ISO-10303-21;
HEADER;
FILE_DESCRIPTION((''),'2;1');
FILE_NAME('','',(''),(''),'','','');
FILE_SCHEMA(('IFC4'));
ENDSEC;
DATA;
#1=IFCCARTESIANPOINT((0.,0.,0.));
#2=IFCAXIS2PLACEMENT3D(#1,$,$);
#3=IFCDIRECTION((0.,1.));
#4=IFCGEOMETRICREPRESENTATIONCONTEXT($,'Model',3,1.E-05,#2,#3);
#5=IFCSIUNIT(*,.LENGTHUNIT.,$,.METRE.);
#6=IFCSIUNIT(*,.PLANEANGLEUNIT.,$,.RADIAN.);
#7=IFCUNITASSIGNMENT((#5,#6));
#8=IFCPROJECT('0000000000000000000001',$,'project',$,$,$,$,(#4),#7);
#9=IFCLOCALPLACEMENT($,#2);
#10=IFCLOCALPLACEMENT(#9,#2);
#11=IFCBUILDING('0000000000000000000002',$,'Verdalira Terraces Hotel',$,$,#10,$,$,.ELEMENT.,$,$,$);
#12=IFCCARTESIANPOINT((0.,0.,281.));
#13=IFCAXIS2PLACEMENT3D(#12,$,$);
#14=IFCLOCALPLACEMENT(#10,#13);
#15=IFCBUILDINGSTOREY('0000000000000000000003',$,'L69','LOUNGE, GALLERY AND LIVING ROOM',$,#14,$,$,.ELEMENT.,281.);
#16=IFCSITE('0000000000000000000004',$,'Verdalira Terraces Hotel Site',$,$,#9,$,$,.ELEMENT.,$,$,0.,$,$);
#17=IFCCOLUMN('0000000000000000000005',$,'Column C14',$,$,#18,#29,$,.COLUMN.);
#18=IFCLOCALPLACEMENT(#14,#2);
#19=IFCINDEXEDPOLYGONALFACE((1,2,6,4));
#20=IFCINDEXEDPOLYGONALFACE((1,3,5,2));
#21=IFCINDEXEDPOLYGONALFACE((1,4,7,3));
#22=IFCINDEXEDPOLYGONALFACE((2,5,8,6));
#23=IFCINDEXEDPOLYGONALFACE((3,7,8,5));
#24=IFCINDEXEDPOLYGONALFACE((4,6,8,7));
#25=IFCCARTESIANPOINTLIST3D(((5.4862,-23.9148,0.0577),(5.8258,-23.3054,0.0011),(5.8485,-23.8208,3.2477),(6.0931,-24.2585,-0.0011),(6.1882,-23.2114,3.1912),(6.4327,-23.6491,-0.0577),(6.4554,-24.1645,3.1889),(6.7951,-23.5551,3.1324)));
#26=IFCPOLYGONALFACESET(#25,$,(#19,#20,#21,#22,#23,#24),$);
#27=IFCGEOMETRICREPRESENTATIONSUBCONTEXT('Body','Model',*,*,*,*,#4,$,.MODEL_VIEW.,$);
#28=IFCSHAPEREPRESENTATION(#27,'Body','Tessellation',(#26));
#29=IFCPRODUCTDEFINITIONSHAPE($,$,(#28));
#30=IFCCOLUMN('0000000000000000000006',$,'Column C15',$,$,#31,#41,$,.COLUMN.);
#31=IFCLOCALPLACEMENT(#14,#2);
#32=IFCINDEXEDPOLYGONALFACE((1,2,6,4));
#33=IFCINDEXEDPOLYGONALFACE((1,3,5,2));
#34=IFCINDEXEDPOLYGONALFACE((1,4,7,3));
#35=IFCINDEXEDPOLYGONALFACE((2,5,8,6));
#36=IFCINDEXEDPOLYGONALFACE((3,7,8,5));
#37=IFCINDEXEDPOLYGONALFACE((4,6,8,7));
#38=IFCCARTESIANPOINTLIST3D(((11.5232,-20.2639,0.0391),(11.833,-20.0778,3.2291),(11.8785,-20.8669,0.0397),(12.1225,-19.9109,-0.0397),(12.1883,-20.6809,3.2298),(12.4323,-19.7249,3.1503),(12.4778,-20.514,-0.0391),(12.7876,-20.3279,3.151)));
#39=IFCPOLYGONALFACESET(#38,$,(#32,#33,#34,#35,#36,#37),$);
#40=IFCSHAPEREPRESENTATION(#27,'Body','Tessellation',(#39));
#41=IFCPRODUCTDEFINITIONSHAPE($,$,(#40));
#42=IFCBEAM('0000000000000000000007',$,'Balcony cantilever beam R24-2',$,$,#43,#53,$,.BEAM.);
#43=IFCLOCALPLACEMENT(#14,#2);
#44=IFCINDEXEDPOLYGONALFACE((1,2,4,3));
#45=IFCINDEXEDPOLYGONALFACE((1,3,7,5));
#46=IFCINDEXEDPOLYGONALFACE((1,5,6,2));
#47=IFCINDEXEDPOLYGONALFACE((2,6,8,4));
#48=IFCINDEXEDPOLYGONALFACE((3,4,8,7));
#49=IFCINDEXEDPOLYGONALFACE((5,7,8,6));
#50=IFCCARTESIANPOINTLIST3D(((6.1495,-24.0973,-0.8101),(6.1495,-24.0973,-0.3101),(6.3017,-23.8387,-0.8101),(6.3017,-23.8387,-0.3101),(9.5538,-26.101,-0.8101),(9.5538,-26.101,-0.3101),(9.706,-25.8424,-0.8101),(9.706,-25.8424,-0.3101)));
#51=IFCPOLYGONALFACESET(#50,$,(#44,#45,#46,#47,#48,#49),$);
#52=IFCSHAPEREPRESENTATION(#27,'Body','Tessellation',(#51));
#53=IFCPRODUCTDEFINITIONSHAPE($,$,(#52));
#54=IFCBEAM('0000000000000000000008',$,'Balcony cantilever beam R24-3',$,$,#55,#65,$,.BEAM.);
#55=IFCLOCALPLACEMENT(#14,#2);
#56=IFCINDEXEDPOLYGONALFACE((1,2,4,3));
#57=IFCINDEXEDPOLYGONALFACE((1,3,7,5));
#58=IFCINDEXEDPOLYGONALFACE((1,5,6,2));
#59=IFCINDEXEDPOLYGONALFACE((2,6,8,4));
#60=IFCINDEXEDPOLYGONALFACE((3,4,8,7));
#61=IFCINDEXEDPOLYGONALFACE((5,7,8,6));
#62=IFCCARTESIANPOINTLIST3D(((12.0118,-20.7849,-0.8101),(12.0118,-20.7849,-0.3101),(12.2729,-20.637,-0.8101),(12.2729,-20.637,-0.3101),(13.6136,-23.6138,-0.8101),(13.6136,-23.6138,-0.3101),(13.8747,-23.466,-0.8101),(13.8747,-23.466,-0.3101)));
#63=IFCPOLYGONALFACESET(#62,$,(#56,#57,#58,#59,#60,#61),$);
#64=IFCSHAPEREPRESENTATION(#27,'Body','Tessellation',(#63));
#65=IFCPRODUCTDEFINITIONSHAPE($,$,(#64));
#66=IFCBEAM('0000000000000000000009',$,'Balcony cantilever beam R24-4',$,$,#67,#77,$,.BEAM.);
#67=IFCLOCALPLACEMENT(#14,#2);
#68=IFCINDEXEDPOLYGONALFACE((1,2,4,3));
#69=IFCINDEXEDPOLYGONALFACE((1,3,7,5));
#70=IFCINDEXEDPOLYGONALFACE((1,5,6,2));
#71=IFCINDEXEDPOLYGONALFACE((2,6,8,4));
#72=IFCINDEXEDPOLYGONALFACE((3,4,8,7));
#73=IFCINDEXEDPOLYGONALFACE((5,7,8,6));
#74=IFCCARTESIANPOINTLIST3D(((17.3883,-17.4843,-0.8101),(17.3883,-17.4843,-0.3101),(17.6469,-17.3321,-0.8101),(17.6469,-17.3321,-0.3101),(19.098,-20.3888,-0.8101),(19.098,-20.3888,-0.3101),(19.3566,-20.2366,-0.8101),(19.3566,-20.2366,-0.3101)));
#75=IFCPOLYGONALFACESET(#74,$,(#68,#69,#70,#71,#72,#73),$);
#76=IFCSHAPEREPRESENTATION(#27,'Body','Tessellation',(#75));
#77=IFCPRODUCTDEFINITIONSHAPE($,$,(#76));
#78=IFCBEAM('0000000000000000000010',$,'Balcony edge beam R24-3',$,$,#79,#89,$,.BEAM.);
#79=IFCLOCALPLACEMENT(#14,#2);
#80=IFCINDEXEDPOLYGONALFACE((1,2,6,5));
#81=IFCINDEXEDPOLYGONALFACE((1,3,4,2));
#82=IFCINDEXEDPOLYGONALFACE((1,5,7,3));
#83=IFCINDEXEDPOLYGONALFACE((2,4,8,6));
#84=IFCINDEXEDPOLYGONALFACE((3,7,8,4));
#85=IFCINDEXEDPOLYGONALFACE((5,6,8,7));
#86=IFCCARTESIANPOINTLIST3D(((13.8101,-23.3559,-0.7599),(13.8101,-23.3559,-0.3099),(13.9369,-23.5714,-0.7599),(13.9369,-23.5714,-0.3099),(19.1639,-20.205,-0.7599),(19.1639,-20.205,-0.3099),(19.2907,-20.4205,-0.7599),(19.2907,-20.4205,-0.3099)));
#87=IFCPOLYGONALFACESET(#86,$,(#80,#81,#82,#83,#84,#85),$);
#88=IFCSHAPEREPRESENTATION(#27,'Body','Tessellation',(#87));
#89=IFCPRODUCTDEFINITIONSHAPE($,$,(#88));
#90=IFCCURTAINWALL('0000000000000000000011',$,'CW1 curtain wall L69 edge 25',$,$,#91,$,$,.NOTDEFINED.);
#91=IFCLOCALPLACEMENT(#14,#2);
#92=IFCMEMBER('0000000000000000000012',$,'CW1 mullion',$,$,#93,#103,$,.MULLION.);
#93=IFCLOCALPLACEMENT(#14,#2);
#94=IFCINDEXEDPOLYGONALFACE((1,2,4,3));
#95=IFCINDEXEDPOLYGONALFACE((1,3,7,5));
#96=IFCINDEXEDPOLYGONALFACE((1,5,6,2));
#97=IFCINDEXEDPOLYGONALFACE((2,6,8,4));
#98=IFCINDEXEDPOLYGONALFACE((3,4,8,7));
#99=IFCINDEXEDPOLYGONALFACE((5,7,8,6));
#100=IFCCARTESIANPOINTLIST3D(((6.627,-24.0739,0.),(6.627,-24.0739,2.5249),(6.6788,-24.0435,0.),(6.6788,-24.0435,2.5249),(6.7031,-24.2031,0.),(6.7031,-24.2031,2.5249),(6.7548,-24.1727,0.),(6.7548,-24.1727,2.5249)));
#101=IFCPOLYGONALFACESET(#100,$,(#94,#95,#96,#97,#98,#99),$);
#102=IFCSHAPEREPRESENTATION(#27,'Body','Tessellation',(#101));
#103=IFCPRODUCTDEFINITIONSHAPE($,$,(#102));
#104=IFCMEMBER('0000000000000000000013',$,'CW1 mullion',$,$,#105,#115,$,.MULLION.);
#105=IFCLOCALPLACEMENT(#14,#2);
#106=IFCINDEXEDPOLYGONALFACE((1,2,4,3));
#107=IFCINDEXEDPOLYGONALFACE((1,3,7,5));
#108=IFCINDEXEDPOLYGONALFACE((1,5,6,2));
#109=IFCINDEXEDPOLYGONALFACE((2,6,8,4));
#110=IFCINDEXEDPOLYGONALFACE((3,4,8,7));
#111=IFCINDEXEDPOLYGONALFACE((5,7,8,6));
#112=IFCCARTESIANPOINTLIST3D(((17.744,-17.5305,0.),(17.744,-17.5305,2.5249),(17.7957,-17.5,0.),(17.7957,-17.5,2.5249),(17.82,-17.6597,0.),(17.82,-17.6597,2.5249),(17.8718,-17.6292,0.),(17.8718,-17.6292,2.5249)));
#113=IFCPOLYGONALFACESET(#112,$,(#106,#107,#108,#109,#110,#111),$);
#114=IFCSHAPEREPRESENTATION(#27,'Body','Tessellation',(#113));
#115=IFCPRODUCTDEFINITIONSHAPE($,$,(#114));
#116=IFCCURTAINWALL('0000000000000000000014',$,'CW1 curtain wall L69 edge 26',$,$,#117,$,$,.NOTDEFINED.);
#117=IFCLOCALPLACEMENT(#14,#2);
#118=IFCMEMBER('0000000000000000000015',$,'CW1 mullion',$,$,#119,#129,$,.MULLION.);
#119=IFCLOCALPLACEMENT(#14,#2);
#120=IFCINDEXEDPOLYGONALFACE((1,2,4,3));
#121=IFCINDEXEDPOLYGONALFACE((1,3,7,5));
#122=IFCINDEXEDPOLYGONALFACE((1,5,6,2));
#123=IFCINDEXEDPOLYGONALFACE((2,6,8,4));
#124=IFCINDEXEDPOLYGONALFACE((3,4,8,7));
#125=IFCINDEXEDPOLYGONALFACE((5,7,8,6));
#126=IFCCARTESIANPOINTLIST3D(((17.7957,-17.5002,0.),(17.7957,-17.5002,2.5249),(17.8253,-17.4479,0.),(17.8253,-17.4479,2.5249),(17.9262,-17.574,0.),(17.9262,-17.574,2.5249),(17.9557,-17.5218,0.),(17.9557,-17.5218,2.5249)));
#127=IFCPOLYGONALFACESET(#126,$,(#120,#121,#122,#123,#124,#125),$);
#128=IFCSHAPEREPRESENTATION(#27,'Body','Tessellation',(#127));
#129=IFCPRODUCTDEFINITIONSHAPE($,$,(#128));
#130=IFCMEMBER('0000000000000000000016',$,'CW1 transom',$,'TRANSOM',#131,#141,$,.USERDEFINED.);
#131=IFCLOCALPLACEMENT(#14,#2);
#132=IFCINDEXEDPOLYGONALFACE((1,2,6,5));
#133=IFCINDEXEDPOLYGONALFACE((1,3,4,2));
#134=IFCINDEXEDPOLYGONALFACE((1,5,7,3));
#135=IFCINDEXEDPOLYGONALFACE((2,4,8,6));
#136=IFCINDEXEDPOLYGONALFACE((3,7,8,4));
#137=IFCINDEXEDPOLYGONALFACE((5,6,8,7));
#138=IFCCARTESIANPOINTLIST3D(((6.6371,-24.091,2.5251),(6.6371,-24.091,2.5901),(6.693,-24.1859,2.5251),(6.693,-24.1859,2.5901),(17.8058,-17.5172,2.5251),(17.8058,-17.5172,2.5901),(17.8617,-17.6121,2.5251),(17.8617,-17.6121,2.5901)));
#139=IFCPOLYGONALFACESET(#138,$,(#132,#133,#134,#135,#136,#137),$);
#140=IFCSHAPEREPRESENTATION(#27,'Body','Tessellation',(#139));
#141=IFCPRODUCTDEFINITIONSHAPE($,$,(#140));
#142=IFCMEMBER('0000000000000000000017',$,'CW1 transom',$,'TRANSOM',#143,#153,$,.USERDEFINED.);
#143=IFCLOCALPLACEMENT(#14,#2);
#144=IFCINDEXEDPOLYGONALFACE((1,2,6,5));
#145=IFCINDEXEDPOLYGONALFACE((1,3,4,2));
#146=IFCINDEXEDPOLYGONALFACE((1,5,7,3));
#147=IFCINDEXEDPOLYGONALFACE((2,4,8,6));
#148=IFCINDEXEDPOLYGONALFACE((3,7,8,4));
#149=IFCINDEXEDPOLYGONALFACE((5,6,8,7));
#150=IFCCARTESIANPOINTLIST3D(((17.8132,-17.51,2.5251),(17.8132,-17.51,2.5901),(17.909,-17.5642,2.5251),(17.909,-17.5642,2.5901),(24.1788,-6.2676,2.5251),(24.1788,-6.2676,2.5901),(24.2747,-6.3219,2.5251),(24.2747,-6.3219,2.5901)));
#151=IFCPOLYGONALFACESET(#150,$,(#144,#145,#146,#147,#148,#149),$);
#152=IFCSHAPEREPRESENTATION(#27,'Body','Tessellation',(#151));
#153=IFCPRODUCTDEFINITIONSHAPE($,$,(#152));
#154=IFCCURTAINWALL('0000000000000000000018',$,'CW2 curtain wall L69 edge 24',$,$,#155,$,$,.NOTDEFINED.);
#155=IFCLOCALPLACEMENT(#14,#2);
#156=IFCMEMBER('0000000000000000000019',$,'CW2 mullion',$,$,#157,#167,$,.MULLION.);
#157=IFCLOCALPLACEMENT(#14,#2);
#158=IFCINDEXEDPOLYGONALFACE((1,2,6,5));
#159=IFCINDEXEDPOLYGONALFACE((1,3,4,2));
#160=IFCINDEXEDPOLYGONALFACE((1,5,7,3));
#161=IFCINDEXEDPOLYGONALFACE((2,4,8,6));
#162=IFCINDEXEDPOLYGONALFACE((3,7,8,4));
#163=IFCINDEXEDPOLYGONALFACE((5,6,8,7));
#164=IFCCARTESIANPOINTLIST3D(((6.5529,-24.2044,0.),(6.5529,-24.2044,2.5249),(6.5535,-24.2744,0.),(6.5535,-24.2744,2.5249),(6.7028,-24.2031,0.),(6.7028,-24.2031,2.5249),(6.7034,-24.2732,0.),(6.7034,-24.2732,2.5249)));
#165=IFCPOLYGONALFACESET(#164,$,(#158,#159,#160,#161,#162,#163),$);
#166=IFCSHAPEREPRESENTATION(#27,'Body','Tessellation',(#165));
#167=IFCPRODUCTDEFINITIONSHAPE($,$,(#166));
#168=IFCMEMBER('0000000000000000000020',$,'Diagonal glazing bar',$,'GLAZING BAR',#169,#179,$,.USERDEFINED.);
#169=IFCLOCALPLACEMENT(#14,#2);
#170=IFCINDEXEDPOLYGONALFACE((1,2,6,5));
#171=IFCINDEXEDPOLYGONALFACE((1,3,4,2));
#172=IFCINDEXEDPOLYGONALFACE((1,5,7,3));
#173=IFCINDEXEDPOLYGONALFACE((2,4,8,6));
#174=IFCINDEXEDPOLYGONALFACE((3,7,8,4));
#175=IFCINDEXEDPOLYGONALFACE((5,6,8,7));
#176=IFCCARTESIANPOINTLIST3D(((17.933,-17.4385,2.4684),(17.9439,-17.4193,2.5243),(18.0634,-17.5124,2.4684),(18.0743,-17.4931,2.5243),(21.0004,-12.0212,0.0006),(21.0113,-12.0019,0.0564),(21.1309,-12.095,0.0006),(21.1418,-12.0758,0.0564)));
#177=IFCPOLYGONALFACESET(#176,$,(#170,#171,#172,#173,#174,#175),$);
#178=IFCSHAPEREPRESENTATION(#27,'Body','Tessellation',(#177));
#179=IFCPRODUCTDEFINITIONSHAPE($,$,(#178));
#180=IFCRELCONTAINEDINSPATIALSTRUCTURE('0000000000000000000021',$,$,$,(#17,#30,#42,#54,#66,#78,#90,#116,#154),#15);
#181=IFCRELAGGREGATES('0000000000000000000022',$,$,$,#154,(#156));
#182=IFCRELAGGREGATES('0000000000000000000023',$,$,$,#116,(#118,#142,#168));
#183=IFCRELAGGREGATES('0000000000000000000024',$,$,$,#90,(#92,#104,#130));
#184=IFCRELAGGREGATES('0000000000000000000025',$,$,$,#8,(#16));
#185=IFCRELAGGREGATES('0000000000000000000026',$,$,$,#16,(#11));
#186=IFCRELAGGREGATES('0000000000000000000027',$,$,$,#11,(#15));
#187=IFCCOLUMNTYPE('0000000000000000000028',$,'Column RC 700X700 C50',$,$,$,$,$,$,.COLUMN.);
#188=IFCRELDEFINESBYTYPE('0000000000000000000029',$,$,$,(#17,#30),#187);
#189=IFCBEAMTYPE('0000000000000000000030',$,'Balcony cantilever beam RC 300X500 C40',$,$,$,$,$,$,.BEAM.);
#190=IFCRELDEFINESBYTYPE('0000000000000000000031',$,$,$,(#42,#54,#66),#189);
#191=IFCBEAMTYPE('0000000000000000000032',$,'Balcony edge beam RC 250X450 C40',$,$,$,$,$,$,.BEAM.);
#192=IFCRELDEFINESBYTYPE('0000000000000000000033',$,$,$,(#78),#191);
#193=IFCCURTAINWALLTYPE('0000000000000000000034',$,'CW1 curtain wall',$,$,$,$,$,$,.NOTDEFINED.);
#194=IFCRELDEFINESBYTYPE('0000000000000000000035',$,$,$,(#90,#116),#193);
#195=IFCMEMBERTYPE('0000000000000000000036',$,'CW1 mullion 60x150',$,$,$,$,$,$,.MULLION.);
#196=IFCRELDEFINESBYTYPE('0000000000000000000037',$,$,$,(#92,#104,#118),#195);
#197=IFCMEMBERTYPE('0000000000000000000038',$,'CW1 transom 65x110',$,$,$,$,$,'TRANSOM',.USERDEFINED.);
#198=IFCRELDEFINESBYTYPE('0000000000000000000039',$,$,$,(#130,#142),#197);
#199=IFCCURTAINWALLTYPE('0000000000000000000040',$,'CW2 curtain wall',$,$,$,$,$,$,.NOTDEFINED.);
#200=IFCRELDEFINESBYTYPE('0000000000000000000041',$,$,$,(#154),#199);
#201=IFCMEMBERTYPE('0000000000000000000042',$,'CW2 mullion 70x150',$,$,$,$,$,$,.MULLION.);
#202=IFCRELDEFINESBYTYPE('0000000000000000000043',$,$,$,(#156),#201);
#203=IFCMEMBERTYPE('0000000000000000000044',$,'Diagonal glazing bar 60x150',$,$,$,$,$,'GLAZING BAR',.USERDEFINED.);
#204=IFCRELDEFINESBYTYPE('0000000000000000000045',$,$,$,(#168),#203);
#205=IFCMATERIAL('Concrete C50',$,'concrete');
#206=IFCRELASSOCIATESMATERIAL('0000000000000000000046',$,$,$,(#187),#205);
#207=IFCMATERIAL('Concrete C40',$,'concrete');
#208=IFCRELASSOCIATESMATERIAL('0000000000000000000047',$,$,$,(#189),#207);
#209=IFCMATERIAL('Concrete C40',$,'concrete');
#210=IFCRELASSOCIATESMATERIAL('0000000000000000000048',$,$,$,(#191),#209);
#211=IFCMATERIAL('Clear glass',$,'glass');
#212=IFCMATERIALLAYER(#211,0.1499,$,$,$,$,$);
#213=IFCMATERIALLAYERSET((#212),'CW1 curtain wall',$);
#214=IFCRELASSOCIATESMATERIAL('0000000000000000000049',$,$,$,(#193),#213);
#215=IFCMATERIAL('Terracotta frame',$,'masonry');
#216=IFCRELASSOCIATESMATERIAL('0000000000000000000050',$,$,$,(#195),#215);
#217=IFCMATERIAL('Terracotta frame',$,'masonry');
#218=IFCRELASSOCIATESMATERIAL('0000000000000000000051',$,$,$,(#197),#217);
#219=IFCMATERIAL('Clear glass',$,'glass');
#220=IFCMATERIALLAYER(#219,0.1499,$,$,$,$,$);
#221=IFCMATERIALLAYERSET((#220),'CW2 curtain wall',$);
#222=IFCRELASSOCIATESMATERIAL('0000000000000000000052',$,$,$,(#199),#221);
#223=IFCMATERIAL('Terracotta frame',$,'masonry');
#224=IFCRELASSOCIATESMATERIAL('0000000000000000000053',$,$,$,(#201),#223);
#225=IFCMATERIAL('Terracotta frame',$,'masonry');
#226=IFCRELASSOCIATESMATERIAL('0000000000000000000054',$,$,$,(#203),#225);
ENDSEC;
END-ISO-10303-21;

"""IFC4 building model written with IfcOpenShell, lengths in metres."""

from ifc_helpers import new_model, si_unit, direction, frame, origin, origin_2d, place, context, subcontext, project, spatial, rectangle, extrude, material, layer, layer_set, material_profile, profile_set, type_object, element, aggregate, save


model = new_model("IFC4")

# Units and contexts
model_context = context("Model", 3, precision=1e-05, world=origin(), true_north=direction((0.0, 1.0)))
body_context = subcontext(model_context, "Body", "Model", "MODEL_VIEW")
ifc_project = project(units=[si_unit("LENGTHUNIT", "METRE"), si_unit("PLANEANGLEUNIT", "RADIAN")], contexts=[model_context])

# Site, building, storey
site_placement = place(None, origin())
site = spatial("IfcSite", under=ifc_project, at=site_placement, Name="Verdalira Terraces Hotel Site", CompositionType="ELEMENT", RefElevation=0.0)
building_placement = place(site_placement, origin())
building = spatial("IfcBuilding", under=site, at=building_placement, Name="Verdalira Terraces Hotel", CompositionType="ELEMENT")
storey_placement = place(building_placement, frame((0.0, 0.0, 281.0)))
storey = spatial("IfcBuildingStorey", under=building, at=storey_placement, Name="L69", Description="LOUNGE, GALLERY AND LIVING ROOM", CompositionType="ELEMENT", Elevation=281.0)

# Columns
ifc_material_1 = material(Name="Concrete C50", Category="concrete")
ifc_material_profile_1 = material_profile(ifc_material_1, rectangle(XDim=0.7, YDim=0.7, at=origin_2d()), Name="RC 700X700")
ifc_profile_set_1 = profile_set([ifc_material_profile_1], Name="Concrete C50")
column_type = type_object("IfcColumnType", Name="Column RC 700X700 C50", PredefinedType="COLUMN", material=ifc_profile_set_1)
column_1_placement = place(storey_placement, frame((5.9595, -23.782, 0.0), z_axis=(0.112803, 0.029265, 0.993186), x_axis=(-0.48524, -0.870643, 0.080766)))
element("IfcColumn", 1, at=column_1_placement, inside=storey, type_object=column_type, Name="Column C14", PredefinedType="COLUMN", context=body_context, shape_type="SweptSolid", body=[
    extrude(rectangle(XDim=0.7, YDim=0.7, at=origin_2d()), origin(), (0.0, 0.0, 1.0), 3.2119),
])
column_2_placement = place(storey_placement, frame((12.0005, -20.3889, 0.0), z_axis=(0.096505, 0.057949, 0.993644), x_axis=(0.856175, 0.504275, -0.112563)))
element("IfcColumn", 2, at=column_2_placement, inside=storey, type_object=column_type, Name="Column C15", PredefinedType="COLUMN", context=body_context, shape_type="SweptSolid", body=[
    extrude(rectangle(XDim=0.7, YDim=0.7, at=origin_2d()), origin(), (0.0, 0.0, 1.0), 3.2104),
])

# Beams
ifc_material_2 = material(Name="Concrete C40", Category="concrete")
ifc_material_profile_2 = material_profile(ifc_material_2, rectangle(XDim=0.3, YDim=0.5, at=origin_2d()), Name="RC 300X500")
ifc_profile_set_2 = profile_set([ifc_material_profile_2], Name="Concrete C40")
beam_type_1 = type_object("IfcBeamType", Name="Balcony cantilever beam RC 300X500 C40", PredefinedType="BEAM", material=ifc_profile_set_2)
beam_1_placement = place(storey_placement, frame((6.2256, -23.968, -0.5601), z_axis=(0.861809, -0.507233, 0.0), x_axis=(0.507233, 0.861809, 0.0)))
element("IfcBeam", 3, at=beam_1_placement, inside=storey, type_object=beam_type_1, Name="Balcony cantilever beam R24-2", PredefinedType="BEAM", context=body_context, shape_type="SweptSolid", body=[
    extrude(rectangle(XDim=0.3, YDim=0.5, at=origin_2d()), origin(), (0.0, 0.0, 1.0), 3.9502),
])
beam_2_placement = place(storey_placement, frame((12.1423, -20.7109, -0.5601), z_axis=(0.49273, -0.870182, 0.0), x_axis=(0.870182, 0.49273, 0.0)))
element("IfcBeam", 4, at=beam_2_placement, inside=storey, type_object=beam_type_1, Name="Balcony cantilever beam R24-3", PredefinedType="BEAM", context=body_context, shape_type="SweptSolid", body=[
    extrude(rectangle(XDim=0.3, YDim=0.5, at=origin_2d()), origin(), (0.0, 0.0, 1.0), 3.251),
])
beam_3_placement = place(storey_placement, frame((17.5176, -17.4082, -0.5601), z_axis=(0.507277, -0.861783, 0.0), x_axis=(0.861783, 0.507277, 0.0)))
element("IfcBeam", 5, at=beam_3_placement, inside=storey, type_object=beam_type_1, Name="Balcony cantilever beam R24-4", PredefinedType="BEAM", context=body_context, shape_type="SweptSolid", body=[
    extrude(rectangle(XDim=0.3, YDim=0.5, at=origin_2d()), origin(), (0.0, 0.0, 1.0), 3.3704),
])
ifc_material_3 = material(Name="Concrete C40", Category="concrete")
ifc_material_profile_3 = material_profile(ifc_material_3, rectangle(XDim=0.25, YDim=0.45, at=origin_2d()), Name="RC 250X450")
ifc_profile_set_3 = profile_set([ifc_material_profile_3], Name="Concrete C40")
beam_type_2 = type_object("IfcBeamType", Name="Balcony edge beam RC 250X450 C40", PredefinedType="BEAM", material=ifc_profile_set_3)
beam_4_placement = place(storey_placement, frame((13.8735, -23.4636, -0.5349), z_axis=(0.861821, 0.507212, 0.0), x_axis=(-0.507212, 0.861821, 0.0)))
element("IfcBeam", 6, at=beam_4_placement, inside=storey, type_object=beam_type_2, Name="Balcony edge beam R24-3", PredefinedType="BEAM", context=body_context, shape_type="SweptSolid", body=[
    extrude(rectangle(XDim=0.25, YDim=0.45, at=origin_2d()), origin(), (0.0, 0.0, 1.0), 6.2122),
])

# Curtain wall, members
ifc_material_4 = material(Name="Clear glass", Category="glass")
ifc_layer_1 = layer(ifc_material_4, 0.1499)
ifc_layer_set_1 = layer_set([ifc_layer_1], Name="CW1 curtain wall")
curtain_wall_type_1 = type_object("IfcCurtainWallType", Name="CW1 curtain wall", PredefinedType="NOTDEFINED", material=ifc_layer_set_1)
curtain_wall_1_placement = place(storey_placement, origin())
curtain_wall_1 = element("IfcCurtainWall", 7, at=curtain_wall_1_placement, inside=storey, type_object=curtain_wall_type_1, Name="CW1 curtain wall L69 edge 25", PredefinedType="NOTDEFINED")
ifc_material_5 = material(Name="Terracotta frame", Category="masonry")
ifc_material_profile_4 = material_profile(ifc_material_5, rectangle(XDim=0.0601, YDim=0.1499, at=origin_2d()), Name="MU 60x150")
ifc_profile_set_4 = profile_set([ifc_material_profile_4], Name="Terracotta frame")
member_type_1 = type_object("IfcMemberType", Name="CW1 mullion 60x150", PredefinedType="MULLION", material=ifc_profile_set_4)
member_1_placement = place(storey_placement, frame((6.6909, -24.1233, 0.0), z_axis=(0.0, 0.0, 1.0), x_axis=(0.861806, 0.507238, 0.0)))
member_1 = element("IfcMember", 8, at=member_1_placement, type_object=member_type_1, Name="CW1 mullion", PredefinedType="MULLION", context=body_context, shape_type="SweptSolid", body=[
    extrude(rectangle(XDim=0.0601, YDim=0.1499, at=origin_2d()), origin(), (0.0, 0.0, 1.0), 2.5249),
])
member_2_placement = place(storey_placement, frame((17.8079, -17.5798, 0.0), z_axis=(0.0, 0.0, 1.0), x_axis=(0.861806, 0.507238, 0.0)))
member_2 = element("IfcMember", 9, at=member_2_placement, type_object=member_type_1, Name="CW1 mullion", PredefinedType="MULLION", context=body_context, shape_type="SweptSolid", body=[
    extrude(rectangle(XDim=0.0601, YDim=0.1499, at=origin_2d()), origin(), (0.0, 0.0, 1.0), 2.5249),
])

# Curtain wall, member
curtain_wall_2_placement = place(storey_placement, origin())
curtain_wall_2 = element("IfcCurtainWall", 10, at=curtain_wall_2_placement, inside=storey, type_object=curtain_wall_type_1, Name="CW1 curtain wall L69 edge 26", PredefinedType="NOTDEFINED")
member_3_placement = place(storey_placement, frame((17.8757, -17.511, 0.0), z_axis=(0.0, 0.0, 1.0), x_axis=(0.492727, 0.870184, 0.0)))
member_3 = element("IfcMember", 11, at=member_3_placement, type_object=member_type_1, Name="CW1 mullion", PredefinedType="MULLION", context=body_context, shape_type="SweptSolid", body=[
    extrude(rectangle(XDim=0.0601, YDim=0.1499, at=origin_2d()), origin(), (0.0, 0.0, 1.0), 2.5249),
])

# Members
ifc_material_6 = material(Name="Terracotta frame", Category="masonry")
ifc_material_profile_5 = material_profile(ifc_material_6, rectangle(XDim=0.1101, YDim=0.0649, at=origin_2d()), Name="TR 65x110")
ifc_profile_set_5 = profile_set([ifc_material_profile_5], Name="Terracotta frame")
member_type_2 = type_object("IfcMemberType", Name="CW1 transom 65x110", ElementType="TRANSOM", PredefinedType="USERDEFINED", material=ifc_profile_set_5)
member_4_placement = place(storey_placement, frame((6.665, -24.1384, 2.5576), z_axis=(0.861802, 0.507244, 0.0), x_axis=(-0.507244, 0.861802, 0.0)))
member_4 = element("IfcMember", 12, at=member_4_placement, type_object=member_type_2, Name="CW1 transom", ObjectType="TRANSOM", PredefinedType="USERDEFINED", context=body_context, shape_type="SweptSolid", body=[
    extrude(rectangle(XDim=0.1101, YDim=0.0649, at=origin_2d()), origin(), (0.0, 0.0, 1.0), 12.9597),
])
member_5_placement = place(storey_placement, frame((17.8611, -17.5371, 2.5576), z_axis=(0.49272, 0.870188, 0.0), x_axis=(-0.870188, 0.49272, 0.0)))
member_5 = element("IfcMember", 13, at=member_5_placement, type_object=member_type_2, Name="CW1 transom", ObjectType="TRANSOM", PredefinedType="USERDEFINED", context=body_context, shape_type="SweptSolid", body=[
    extrude(rectangle(XDim=0.1101, YDim=0.0649, at=origin_2d()), origin(), (0.0, 0.0, 1.0), 12.9194),
])

# Curtain wall, member
ifc_material_7 = material(Name="Clear glass", Category="glass")
ifc_layer_2 = layer(ifc_material_7, 0.1499)
ifc_layer_set_2 = layer_set([ifc_layer_2], Name="CW2 curtain wall")
curtain_wall_type_2 = type_object("IfcCurtainWallType", Name="CW2 curtain wall", PredefinedType="NOTDEFINED", material=ifc_layer_set_2)
curtain_wall_3_placement = place(storey_placement, origin())
curtain_wall_3 = element("IfcCurtainWall", 14, at=curtain_wall_3_placement, inside=storey, type_object=curtain_wall_type_2, Name="CW2 curtain wall L69 edge 24", PredefinedType="NOTDEFINED")
ifc_material_8 = material(Name="Terracotta frame", Category="masonry")
ifc_material_profile_6 = material_profile(ifc_material_8, rectangle(XDim=0.0701, YDim=0.1499, at=origin_2d()), Name="MU 70x150")
ifc_profile_set_6 = profile_set([ifc_material_profile_6], Name="Terracotta frame")
member_type_3 = type_object("IfcMemberType", Name="CW2 mullion 70x150", PredefinedType="MULLION", material=ifc_profile_set_6)
member_6_placement = place(storey_placement, frame((6.6282, -24.2388, 0.0), z_axis=(0.0, 0.0, 1.0), x_axis=(-0.008377, 0.999965, 0.0)))
member_6 = element("IfcMember", 15, at=member_6_placement, type_object=member_type_3, Name="CW2 mullion", PredefinedType="MULLION", context=body_context, shape_type="SweptSolid", body=[
    extrude(rectangle(XDim=0.0701, YDim=0.1499, at=origin_2d()), origin(), (0.0, 0.0, 1.0), 2.5249),
])
aggregate(curtain_wall_3, [member_6])

# Member
ifc_material_9 = material(Name="Terracotta frame", Category="masonry")
ifc_material_profile_7 = material_profile(ifc_material_9, rectangle(XDim=0.1499, YDim=0.0601, at=origin_2d()), Name="GB 60x150")
ifc_profile_set_7 = profile_set([ifc_material_profile_7], Name="Terracotta frame")
member_type_4 = type_object("IfcMemberType", Name="Diagonal glazing bar 60x150", ElementType="GLAZING BAR", PredefinedType="USERDEFINED", material=ifc_profile_set_7)
member_7_placement = place(storey_placement, frame((18.0037, -17.4658, 2.4963), z_axis=(0.458047, 0.808947, -0.368508), x_axis=(-0.870186, 0.492723, 0.0)))
member_7 = element("IfcMember", 16, at=member_7_placement, type_object=member_type_4, Name="Diagonal glazing bar", ObjectType="GLAZING BAR", PredefinedType="USERDEFINED", context=body_context, shape_type="SweptSolid", body=[
    extrude(rectangle(XDim=0.1499, YDim=0.0601, at=origin_2d()), origin(), (0.0, 0.0, 1.0), 6.6968),
])
aggregate(curtain_wall_2, [member_3, member_5, member_7])

aggregate(curtain_wall_1, [member_1, member_2, member_4])

save(model, "model.ifc")
